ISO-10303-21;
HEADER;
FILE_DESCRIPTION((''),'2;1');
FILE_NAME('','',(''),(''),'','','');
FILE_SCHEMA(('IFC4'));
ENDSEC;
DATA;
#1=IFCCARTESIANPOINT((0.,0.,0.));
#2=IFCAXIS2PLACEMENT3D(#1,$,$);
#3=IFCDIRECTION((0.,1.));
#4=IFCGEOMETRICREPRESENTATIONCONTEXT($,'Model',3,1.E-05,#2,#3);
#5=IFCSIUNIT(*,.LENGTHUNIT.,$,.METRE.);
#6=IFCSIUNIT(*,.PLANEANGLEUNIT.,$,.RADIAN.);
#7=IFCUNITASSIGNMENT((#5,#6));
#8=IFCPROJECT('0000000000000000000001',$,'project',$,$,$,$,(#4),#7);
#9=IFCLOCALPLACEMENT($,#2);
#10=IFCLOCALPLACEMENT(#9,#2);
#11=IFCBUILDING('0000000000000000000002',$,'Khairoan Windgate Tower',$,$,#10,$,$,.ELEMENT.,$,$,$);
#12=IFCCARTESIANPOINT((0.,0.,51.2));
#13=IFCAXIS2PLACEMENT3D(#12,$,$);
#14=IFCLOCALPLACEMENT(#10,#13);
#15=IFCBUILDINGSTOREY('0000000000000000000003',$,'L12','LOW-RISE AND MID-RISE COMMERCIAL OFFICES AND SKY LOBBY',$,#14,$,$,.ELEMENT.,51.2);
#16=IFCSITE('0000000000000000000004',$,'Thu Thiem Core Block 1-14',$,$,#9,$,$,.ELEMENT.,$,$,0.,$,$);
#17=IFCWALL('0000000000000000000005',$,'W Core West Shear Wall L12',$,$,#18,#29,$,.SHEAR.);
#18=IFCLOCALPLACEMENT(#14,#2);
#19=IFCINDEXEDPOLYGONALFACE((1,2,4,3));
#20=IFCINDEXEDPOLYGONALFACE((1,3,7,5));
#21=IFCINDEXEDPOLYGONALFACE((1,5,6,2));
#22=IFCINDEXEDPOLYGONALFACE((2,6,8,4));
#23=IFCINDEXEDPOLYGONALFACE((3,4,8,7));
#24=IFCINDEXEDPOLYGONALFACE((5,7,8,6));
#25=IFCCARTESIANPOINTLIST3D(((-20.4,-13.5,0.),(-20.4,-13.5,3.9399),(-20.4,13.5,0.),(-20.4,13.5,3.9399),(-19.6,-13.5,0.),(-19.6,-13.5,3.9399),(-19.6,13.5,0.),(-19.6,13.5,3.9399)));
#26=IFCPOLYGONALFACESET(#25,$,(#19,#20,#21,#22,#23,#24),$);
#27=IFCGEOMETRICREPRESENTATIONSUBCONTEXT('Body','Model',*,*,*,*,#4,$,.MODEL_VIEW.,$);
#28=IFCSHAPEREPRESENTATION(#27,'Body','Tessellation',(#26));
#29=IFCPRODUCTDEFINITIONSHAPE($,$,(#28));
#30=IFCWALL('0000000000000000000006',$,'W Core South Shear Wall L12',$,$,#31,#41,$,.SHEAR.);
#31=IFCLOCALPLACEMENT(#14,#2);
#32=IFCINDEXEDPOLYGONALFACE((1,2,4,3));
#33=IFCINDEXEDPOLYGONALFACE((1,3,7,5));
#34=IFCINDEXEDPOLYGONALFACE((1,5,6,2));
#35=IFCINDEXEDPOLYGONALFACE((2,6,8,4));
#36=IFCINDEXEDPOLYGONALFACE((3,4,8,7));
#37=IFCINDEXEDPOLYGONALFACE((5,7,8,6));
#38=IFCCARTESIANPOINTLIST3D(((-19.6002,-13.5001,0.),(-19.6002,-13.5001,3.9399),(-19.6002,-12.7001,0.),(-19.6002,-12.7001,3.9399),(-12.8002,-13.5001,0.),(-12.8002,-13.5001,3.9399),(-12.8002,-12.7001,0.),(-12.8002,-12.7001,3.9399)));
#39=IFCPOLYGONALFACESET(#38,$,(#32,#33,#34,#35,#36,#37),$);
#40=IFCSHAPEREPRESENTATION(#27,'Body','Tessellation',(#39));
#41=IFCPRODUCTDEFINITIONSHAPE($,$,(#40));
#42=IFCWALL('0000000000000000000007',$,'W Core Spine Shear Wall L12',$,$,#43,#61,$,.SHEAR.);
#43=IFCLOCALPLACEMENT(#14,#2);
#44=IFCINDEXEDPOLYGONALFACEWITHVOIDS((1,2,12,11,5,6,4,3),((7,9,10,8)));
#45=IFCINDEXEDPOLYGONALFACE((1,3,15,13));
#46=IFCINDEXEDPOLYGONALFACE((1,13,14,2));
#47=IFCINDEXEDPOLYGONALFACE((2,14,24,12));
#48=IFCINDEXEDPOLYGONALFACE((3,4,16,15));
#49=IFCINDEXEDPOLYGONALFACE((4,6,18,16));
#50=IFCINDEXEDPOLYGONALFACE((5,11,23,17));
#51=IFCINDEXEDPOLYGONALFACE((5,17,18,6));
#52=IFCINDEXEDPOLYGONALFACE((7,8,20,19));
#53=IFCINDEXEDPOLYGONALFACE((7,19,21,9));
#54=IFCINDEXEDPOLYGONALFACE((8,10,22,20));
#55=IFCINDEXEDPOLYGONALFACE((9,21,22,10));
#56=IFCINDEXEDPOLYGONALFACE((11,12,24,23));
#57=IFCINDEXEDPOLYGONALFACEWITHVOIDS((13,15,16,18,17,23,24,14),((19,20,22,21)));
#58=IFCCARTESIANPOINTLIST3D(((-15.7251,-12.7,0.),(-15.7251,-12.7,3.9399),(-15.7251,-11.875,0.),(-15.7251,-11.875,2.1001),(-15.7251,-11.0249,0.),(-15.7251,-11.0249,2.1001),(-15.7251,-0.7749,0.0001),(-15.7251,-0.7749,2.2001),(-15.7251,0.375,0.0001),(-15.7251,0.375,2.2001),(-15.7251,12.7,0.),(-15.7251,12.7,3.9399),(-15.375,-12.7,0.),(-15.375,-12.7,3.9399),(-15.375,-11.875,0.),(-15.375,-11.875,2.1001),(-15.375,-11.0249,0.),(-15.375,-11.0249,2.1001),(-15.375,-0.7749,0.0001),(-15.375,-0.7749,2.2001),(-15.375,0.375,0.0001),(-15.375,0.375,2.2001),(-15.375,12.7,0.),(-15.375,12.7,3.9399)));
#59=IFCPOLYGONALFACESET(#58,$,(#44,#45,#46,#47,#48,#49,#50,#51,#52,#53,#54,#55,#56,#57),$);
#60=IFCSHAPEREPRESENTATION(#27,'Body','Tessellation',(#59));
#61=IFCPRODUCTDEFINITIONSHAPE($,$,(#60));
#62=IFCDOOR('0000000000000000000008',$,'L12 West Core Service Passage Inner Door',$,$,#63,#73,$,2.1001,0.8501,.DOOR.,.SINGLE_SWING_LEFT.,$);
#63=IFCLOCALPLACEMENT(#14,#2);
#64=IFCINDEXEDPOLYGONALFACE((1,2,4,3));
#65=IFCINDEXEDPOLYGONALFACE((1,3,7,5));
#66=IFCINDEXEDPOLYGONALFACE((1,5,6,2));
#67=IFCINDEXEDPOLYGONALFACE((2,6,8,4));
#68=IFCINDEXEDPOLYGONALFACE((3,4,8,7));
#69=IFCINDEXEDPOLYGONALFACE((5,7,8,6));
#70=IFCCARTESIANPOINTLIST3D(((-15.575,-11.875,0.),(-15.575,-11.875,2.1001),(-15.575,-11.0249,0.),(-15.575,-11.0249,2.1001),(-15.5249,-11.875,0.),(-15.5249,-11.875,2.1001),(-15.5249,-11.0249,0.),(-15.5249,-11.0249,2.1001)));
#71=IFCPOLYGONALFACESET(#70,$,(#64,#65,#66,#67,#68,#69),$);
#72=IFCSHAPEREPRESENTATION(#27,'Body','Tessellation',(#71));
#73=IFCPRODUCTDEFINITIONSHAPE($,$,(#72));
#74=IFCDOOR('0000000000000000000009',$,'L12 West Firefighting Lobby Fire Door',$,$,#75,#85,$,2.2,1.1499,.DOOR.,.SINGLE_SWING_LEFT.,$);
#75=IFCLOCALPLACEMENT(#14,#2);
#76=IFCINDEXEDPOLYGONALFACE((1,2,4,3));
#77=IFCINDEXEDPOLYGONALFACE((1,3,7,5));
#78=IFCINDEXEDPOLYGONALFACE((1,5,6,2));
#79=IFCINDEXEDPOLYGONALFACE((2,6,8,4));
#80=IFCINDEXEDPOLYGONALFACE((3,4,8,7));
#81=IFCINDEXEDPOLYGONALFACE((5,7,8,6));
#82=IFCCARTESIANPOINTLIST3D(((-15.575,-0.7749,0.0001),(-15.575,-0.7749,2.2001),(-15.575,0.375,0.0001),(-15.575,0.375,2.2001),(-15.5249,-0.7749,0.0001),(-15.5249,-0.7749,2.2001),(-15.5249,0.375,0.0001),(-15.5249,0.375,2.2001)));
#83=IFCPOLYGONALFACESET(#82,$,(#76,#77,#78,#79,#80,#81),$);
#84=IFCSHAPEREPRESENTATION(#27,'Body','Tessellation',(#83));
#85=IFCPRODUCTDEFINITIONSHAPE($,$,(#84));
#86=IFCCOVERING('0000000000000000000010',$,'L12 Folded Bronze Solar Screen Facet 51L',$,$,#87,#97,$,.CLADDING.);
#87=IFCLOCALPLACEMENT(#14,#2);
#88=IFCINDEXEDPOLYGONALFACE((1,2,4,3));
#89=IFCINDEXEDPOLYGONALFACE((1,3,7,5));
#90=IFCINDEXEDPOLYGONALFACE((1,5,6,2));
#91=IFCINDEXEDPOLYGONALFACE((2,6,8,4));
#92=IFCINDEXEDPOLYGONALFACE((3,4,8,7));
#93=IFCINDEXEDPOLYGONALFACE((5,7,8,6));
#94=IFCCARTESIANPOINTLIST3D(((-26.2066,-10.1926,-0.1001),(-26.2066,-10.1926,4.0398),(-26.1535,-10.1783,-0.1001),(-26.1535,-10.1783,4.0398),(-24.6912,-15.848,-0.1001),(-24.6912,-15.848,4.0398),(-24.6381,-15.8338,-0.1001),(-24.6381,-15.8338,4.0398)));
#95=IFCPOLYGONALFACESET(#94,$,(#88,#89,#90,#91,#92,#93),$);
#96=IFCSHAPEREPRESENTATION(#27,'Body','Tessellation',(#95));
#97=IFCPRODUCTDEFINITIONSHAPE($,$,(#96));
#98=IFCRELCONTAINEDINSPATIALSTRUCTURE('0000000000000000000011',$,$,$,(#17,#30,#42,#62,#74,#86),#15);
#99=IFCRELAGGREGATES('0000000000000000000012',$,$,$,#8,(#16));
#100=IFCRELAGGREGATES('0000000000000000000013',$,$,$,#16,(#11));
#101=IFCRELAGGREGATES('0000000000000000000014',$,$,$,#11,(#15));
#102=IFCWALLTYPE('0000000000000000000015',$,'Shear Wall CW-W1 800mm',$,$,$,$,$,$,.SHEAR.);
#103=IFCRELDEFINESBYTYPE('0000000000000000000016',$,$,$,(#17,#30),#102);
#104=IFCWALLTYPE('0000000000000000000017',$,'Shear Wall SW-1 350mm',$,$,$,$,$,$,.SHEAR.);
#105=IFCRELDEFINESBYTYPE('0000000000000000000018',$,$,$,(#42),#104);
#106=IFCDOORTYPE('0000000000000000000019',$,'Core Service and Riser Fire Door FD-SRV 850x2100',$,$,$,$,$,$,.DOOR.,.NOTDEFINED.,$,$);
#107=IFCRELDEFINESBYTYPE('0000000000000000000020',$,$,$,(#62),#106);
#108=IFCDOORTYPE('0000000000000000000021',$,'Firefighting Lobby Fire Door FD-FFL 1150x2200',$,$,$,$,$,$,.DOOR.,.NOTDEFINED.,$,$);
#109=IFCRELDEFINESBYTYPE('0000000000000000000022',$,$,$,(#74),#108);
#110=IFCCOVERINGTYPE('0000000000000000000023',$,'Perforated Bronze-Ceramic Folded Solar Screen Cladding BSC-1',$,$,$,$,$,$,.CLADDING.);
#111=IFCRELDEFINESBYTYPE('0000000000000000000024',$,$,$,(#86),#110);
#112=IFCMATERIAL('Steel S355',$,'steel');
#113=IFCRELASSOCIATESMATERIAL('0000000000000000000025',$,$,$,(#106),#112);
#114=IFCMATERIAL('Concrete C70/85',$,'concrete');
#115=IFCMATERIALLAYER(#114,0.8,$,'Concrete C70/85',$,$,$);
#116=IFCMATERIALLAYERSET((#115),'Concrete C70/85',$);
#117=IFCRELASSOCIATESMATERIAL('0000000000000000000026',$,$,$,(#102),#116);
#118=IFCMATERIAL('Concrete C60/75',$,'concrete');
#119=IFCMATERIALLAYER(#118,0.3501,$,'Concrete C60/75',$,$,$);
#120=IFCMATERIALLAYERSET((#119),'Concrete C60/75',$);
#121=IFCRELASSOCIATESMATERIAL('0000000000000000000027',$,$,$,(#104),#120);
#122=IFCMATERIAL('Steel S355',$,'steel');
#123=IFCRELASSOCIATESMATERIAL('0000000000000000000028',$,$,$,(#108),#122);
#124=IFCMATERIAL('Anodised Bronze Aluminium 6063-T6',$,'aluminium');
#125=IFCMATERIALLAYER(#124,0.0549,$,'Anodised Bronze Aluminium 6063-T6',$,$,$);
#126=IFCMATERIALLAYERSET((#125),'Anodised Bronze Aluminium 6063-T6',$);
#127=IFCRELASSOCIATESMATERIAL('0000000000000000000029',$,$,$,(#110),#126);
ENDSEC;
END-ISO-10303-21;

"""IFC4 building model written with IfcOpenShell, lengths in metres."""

from ifc_helpers import new_model, si_unit, direction, frame, frame_2d, origin, origin_2d, place, context, subcontext, project, spatial, rectangle, extrude, material, layer, layer_set, type_object, element, fill, save


model = new_model("IFC4")

# Units and contexts
model_context = context("Model", 3, precision=1e-05, world=origin(), true_north=direction((0.0, 1.0)))
body_context = subcontext(model_context, "Body", "Model", "MODEL_VIEW")
ifc_project = project(units=[si_unit("LENGTHUNIT", "METRE"), si_unit("PLANEANGLEUNIT", "RADIAN")], contexts=[model_context])

# Site, building, storey
site_placement = place(None, origin())
site = spatial("IfcSite", under=ifc_project, at=site_placement, Name="Thu Thiem Core Block 1-14", CompositionType="ELEMENT", RefElevation=0.0)
building_placement = place(site_placement, origin())
building = spatial("IfcBuilding", under=site, at=building_placement, Name="Khairoan Windgate Tower", CompositionType="ELEMENT")
storey_placement = place(building_placement, frame((0.0, 0.0, 51.2)))
storey = spatial("IfcBuildingStorey", under=building, at=storey_placement, Name="L12", Description="LOW-RISE AND MID-RISE COMMERCIAL OFFICES AND SKY LOBBY", CompositionType="ELEMENT", Elevation=51.2)

# Shared definitions
ifc_material_1 = material(Name="Steel S355", Category="steel")
door_type_1 = type_object("IfcDoorType", Name="Core Service and Riser Fire Door FD-SRV 850x2100", OperationType="NOTDEFINED", PredefinedType="DOOR", material=ifc_material_1)

# Walls
ifc_material_2 = material(Name="Concrete C70/85", Category="concrete")
ifc_layer_1 = layer(ifc_material_2, 0.8, Name="Concrete C70/85")
ifc_layer_set_1 = layer_set([ifc_layer_1], Name="Concrete C70/85")
wall_type_1 = type_object("IfcWallType", Name="Shear Wall CW-W1 800mm", PredefinedType="SHEAR", material=ifc_layer_set_1)
wall_1_placement = place(storey_placement, frame((-20.0, -13.5, 0.0), z_axis=(0.0, 0.0, 1.0), x_axis=(0.0, 1.0, 0.0)))
element("IfcWall", 1, at=wall_1_placement, inside=storey, type_object=wall_type_1, Name="W Core West Shear Wall L12", PredefinedType="SHEAR", context=body_context, shape_type="SweptSolid", body=[
    extrude(rectangle(XDim=27.0, YDim=0.8, at=frame_2d((13.5, 0.0))), origin(), (0.0, 0.0, 1.0), 3.9399),
])
wall_2_placement = place(storey_placement, frame((-19.6001, -13.1001, 0.0), z_axis=(0.0, 0.0, 1.0), x_axis=(1.0, 0.0, 0.0)))
element("IfcWall", 2, at=wall_2_placement, inside=storey, type_object=wall_type_1, Name="W Core South Shear Wall L12", PredefinedType="SHEAR", context=body_context, shape_type="SweptSolid", body=[
    extrude(rectangle(XDim=6.8, YDim=0.8, at=frame_2d((3.3999, 0.0))), origin(), (0.0, 0.0, 1.0), 3.9399),
])

# Wall, openings, doors
ifc_material_3 = material(Name="Concrete C60/75", Category="concrete")
ifc_layer_2 = layer(ifc_material_3, 0.3501, Name="Concrete C60/75")
ifc_layer_set_2 = layer_set([ifc_layer_2], Name="Concrete C60/75")
wall_type_2 = type_object("IfcWallType", Name="Shear Wall SW-1 350mm", PredefinedType="SHEAR", material=ifc_layer_set_2)
wall_3_placement = place(storey_placement, frame((-15.55, -12.7, 0.0), z_axis=(0.0, 0.0, 1.0), x_axis=(0.0, 1.0, 0.0)))
wall_3 = element("IfcWall", 3, at=wall_3_placement, inside=storey, type_object=wall_type_2, Name="W Core Spine Shear Wall L12", PredefinedType="SHEAR", context=body_context, shape_type="SweptSolid", body=[
    extrude(rectangle(XDim=25.3999, YDim=0.3501, at=frame_2d((12.7, 0.0))), origin(), (0.0, 0.0, 1.0), 3.9399),
])
opening_1_placement = place(wall_3_placement, frame((11.925, 0.0, 0.0)))
opening_1 = element("IfcOpeningElement", 4, at=opening_1_placement, cuts=wall_3, PredefinedType="OPENING", context=body_context, shape_type="SweptSolid", body=[
    extrude(rectangle(XDim=1.1499, YDim=2.2, at=frame_2d((0.575, 1.1001))), frame((0.0, 0.1851, 0.0), z_axis=(0.0, -1.0, 0.0), x_axis=(1.0, 0.0, 0.0)), (0.0, 0.0, 1.0), 0.3701),
])
opening_2_placement = place(wall_3_placement, frame((0.825, 0.0, 0.0)))
opening_2 = element("IfcOpeningElement", 5, at=opening_2_placement, cuts=wall_3, PredefinedType="OPENING", context=body_context, shape_type="SweptSolid", body=[
    extrude(rectangle(XDim=0.8501, YDim=2.1001, at=frame_2d((0.425, 1.05))), frame((0.0, 0.1851, 0.0), z_axis=(0.0, -1.0, 0.0), x_axis=(1.0, 0.0, 0.0)), (0.0, 0.0, 1.0), 0.3701),
])
door_1_placement = place(opening_2_placement, origin())
door_1 = element("IfcDoor", 6, at=door_1_placement, inside=storey, type_object=door_type_1, Name="L12 West Core Service Passage Inner Door", OperationType="SINGLE_SWING_LEFT", OverallHeight=2.1001, OverallWidth=0.8501, PredefinedType="DOOR", context=body_context, shape_type="SweptSolid", body=[
    extrude(rectangle(XDim=0.8501, YDim=2.1001, at=frame_2d((0.425, 1.05))), frame((0.0, 0.0249, 0.0), z_axis=(0.0, -1.0, 0.0), x_axis=(1.0, 0.0, 0.0)), (0.0, 0.0, 1.0), 0.05),
])
fill(opening_2, door_1)
ifc_material_4 = material(Name="Steel S355", Category="steel")
door_type_2 = type_object("IfcDoorType", Name="Firefighting Lobby Fire Door FD-FFL 1150x2200", OperationType="NOTDEFINED", PredefinedType="DOOR", material=ifc_material_4)
door_2_placement = place(opening_1_placement, origin())
door_2 = element("IfcDoor", 7, at=door_2_placement, inside=storey, type_object=door_type_2, Name="L12 West Firefighting Lobby Fire Door", OperationType="SINGLE_SWING_LEFT", OverallHeight=2.2, OverallWidth=1.1499, PredefinedType="DOOR", context=body_context, shape_type="SweptSolid", body=[
    extrude(rectangle(XDim=1.1499, YDim=2.2, at=frame_2d((0.575, 1.1001))), frame((0.0, 0.0249, 0.0), z_axis=(0.0, -1.0, 0.0), x_axis=(1.0, 0.0, 0.0)), (0.0, 0.0, 1.0), 0.05),
])
fill(opening_1, door_2)

# Covering
ifc_material_5 = material(Name="Anodised Bronze Aluminium 6063-T6", Category="aluminium")
ifc_layer_3 = layer(ifc_material_5, 0.0549, Name="Anodised Bronze Aluminium 6063-T6")
ifc_layer_set_3 = layer_set([ifc_layer_3], Name="Anodised Bronze Aluminium 6063-T6")
covering_type = type_object("IfcCoveringType", Name="Perforated Bronze-Ceramic Folded Solar Screen Cladding BSC-1", PredefinedType="CLADDING", material=ifc_layer_set_3)
covering_placement = place(storey_placement, frame((-25.4224, -13.0132, -0.1001), z_axis=(0.0, 0.0, 1.0), x_axis=(-0.258819, 0.965926, 0.0)))
element("IfcCovering", 8, at=covering_placement, inside=storey, type_object=covering_type, Name="L12 Folded Bronze Solar Screen Facet 51L", PredefinedType="CLADDING", context=body_context, shape_type="SweptSolid", body=[
    extrude(rectangle(XDim=5.855, YDim=0.0549, at=origin_2d()), origin(), (0.0, 0.0, 1.0), 4.1399),
])

save(model, "model.ifc")
